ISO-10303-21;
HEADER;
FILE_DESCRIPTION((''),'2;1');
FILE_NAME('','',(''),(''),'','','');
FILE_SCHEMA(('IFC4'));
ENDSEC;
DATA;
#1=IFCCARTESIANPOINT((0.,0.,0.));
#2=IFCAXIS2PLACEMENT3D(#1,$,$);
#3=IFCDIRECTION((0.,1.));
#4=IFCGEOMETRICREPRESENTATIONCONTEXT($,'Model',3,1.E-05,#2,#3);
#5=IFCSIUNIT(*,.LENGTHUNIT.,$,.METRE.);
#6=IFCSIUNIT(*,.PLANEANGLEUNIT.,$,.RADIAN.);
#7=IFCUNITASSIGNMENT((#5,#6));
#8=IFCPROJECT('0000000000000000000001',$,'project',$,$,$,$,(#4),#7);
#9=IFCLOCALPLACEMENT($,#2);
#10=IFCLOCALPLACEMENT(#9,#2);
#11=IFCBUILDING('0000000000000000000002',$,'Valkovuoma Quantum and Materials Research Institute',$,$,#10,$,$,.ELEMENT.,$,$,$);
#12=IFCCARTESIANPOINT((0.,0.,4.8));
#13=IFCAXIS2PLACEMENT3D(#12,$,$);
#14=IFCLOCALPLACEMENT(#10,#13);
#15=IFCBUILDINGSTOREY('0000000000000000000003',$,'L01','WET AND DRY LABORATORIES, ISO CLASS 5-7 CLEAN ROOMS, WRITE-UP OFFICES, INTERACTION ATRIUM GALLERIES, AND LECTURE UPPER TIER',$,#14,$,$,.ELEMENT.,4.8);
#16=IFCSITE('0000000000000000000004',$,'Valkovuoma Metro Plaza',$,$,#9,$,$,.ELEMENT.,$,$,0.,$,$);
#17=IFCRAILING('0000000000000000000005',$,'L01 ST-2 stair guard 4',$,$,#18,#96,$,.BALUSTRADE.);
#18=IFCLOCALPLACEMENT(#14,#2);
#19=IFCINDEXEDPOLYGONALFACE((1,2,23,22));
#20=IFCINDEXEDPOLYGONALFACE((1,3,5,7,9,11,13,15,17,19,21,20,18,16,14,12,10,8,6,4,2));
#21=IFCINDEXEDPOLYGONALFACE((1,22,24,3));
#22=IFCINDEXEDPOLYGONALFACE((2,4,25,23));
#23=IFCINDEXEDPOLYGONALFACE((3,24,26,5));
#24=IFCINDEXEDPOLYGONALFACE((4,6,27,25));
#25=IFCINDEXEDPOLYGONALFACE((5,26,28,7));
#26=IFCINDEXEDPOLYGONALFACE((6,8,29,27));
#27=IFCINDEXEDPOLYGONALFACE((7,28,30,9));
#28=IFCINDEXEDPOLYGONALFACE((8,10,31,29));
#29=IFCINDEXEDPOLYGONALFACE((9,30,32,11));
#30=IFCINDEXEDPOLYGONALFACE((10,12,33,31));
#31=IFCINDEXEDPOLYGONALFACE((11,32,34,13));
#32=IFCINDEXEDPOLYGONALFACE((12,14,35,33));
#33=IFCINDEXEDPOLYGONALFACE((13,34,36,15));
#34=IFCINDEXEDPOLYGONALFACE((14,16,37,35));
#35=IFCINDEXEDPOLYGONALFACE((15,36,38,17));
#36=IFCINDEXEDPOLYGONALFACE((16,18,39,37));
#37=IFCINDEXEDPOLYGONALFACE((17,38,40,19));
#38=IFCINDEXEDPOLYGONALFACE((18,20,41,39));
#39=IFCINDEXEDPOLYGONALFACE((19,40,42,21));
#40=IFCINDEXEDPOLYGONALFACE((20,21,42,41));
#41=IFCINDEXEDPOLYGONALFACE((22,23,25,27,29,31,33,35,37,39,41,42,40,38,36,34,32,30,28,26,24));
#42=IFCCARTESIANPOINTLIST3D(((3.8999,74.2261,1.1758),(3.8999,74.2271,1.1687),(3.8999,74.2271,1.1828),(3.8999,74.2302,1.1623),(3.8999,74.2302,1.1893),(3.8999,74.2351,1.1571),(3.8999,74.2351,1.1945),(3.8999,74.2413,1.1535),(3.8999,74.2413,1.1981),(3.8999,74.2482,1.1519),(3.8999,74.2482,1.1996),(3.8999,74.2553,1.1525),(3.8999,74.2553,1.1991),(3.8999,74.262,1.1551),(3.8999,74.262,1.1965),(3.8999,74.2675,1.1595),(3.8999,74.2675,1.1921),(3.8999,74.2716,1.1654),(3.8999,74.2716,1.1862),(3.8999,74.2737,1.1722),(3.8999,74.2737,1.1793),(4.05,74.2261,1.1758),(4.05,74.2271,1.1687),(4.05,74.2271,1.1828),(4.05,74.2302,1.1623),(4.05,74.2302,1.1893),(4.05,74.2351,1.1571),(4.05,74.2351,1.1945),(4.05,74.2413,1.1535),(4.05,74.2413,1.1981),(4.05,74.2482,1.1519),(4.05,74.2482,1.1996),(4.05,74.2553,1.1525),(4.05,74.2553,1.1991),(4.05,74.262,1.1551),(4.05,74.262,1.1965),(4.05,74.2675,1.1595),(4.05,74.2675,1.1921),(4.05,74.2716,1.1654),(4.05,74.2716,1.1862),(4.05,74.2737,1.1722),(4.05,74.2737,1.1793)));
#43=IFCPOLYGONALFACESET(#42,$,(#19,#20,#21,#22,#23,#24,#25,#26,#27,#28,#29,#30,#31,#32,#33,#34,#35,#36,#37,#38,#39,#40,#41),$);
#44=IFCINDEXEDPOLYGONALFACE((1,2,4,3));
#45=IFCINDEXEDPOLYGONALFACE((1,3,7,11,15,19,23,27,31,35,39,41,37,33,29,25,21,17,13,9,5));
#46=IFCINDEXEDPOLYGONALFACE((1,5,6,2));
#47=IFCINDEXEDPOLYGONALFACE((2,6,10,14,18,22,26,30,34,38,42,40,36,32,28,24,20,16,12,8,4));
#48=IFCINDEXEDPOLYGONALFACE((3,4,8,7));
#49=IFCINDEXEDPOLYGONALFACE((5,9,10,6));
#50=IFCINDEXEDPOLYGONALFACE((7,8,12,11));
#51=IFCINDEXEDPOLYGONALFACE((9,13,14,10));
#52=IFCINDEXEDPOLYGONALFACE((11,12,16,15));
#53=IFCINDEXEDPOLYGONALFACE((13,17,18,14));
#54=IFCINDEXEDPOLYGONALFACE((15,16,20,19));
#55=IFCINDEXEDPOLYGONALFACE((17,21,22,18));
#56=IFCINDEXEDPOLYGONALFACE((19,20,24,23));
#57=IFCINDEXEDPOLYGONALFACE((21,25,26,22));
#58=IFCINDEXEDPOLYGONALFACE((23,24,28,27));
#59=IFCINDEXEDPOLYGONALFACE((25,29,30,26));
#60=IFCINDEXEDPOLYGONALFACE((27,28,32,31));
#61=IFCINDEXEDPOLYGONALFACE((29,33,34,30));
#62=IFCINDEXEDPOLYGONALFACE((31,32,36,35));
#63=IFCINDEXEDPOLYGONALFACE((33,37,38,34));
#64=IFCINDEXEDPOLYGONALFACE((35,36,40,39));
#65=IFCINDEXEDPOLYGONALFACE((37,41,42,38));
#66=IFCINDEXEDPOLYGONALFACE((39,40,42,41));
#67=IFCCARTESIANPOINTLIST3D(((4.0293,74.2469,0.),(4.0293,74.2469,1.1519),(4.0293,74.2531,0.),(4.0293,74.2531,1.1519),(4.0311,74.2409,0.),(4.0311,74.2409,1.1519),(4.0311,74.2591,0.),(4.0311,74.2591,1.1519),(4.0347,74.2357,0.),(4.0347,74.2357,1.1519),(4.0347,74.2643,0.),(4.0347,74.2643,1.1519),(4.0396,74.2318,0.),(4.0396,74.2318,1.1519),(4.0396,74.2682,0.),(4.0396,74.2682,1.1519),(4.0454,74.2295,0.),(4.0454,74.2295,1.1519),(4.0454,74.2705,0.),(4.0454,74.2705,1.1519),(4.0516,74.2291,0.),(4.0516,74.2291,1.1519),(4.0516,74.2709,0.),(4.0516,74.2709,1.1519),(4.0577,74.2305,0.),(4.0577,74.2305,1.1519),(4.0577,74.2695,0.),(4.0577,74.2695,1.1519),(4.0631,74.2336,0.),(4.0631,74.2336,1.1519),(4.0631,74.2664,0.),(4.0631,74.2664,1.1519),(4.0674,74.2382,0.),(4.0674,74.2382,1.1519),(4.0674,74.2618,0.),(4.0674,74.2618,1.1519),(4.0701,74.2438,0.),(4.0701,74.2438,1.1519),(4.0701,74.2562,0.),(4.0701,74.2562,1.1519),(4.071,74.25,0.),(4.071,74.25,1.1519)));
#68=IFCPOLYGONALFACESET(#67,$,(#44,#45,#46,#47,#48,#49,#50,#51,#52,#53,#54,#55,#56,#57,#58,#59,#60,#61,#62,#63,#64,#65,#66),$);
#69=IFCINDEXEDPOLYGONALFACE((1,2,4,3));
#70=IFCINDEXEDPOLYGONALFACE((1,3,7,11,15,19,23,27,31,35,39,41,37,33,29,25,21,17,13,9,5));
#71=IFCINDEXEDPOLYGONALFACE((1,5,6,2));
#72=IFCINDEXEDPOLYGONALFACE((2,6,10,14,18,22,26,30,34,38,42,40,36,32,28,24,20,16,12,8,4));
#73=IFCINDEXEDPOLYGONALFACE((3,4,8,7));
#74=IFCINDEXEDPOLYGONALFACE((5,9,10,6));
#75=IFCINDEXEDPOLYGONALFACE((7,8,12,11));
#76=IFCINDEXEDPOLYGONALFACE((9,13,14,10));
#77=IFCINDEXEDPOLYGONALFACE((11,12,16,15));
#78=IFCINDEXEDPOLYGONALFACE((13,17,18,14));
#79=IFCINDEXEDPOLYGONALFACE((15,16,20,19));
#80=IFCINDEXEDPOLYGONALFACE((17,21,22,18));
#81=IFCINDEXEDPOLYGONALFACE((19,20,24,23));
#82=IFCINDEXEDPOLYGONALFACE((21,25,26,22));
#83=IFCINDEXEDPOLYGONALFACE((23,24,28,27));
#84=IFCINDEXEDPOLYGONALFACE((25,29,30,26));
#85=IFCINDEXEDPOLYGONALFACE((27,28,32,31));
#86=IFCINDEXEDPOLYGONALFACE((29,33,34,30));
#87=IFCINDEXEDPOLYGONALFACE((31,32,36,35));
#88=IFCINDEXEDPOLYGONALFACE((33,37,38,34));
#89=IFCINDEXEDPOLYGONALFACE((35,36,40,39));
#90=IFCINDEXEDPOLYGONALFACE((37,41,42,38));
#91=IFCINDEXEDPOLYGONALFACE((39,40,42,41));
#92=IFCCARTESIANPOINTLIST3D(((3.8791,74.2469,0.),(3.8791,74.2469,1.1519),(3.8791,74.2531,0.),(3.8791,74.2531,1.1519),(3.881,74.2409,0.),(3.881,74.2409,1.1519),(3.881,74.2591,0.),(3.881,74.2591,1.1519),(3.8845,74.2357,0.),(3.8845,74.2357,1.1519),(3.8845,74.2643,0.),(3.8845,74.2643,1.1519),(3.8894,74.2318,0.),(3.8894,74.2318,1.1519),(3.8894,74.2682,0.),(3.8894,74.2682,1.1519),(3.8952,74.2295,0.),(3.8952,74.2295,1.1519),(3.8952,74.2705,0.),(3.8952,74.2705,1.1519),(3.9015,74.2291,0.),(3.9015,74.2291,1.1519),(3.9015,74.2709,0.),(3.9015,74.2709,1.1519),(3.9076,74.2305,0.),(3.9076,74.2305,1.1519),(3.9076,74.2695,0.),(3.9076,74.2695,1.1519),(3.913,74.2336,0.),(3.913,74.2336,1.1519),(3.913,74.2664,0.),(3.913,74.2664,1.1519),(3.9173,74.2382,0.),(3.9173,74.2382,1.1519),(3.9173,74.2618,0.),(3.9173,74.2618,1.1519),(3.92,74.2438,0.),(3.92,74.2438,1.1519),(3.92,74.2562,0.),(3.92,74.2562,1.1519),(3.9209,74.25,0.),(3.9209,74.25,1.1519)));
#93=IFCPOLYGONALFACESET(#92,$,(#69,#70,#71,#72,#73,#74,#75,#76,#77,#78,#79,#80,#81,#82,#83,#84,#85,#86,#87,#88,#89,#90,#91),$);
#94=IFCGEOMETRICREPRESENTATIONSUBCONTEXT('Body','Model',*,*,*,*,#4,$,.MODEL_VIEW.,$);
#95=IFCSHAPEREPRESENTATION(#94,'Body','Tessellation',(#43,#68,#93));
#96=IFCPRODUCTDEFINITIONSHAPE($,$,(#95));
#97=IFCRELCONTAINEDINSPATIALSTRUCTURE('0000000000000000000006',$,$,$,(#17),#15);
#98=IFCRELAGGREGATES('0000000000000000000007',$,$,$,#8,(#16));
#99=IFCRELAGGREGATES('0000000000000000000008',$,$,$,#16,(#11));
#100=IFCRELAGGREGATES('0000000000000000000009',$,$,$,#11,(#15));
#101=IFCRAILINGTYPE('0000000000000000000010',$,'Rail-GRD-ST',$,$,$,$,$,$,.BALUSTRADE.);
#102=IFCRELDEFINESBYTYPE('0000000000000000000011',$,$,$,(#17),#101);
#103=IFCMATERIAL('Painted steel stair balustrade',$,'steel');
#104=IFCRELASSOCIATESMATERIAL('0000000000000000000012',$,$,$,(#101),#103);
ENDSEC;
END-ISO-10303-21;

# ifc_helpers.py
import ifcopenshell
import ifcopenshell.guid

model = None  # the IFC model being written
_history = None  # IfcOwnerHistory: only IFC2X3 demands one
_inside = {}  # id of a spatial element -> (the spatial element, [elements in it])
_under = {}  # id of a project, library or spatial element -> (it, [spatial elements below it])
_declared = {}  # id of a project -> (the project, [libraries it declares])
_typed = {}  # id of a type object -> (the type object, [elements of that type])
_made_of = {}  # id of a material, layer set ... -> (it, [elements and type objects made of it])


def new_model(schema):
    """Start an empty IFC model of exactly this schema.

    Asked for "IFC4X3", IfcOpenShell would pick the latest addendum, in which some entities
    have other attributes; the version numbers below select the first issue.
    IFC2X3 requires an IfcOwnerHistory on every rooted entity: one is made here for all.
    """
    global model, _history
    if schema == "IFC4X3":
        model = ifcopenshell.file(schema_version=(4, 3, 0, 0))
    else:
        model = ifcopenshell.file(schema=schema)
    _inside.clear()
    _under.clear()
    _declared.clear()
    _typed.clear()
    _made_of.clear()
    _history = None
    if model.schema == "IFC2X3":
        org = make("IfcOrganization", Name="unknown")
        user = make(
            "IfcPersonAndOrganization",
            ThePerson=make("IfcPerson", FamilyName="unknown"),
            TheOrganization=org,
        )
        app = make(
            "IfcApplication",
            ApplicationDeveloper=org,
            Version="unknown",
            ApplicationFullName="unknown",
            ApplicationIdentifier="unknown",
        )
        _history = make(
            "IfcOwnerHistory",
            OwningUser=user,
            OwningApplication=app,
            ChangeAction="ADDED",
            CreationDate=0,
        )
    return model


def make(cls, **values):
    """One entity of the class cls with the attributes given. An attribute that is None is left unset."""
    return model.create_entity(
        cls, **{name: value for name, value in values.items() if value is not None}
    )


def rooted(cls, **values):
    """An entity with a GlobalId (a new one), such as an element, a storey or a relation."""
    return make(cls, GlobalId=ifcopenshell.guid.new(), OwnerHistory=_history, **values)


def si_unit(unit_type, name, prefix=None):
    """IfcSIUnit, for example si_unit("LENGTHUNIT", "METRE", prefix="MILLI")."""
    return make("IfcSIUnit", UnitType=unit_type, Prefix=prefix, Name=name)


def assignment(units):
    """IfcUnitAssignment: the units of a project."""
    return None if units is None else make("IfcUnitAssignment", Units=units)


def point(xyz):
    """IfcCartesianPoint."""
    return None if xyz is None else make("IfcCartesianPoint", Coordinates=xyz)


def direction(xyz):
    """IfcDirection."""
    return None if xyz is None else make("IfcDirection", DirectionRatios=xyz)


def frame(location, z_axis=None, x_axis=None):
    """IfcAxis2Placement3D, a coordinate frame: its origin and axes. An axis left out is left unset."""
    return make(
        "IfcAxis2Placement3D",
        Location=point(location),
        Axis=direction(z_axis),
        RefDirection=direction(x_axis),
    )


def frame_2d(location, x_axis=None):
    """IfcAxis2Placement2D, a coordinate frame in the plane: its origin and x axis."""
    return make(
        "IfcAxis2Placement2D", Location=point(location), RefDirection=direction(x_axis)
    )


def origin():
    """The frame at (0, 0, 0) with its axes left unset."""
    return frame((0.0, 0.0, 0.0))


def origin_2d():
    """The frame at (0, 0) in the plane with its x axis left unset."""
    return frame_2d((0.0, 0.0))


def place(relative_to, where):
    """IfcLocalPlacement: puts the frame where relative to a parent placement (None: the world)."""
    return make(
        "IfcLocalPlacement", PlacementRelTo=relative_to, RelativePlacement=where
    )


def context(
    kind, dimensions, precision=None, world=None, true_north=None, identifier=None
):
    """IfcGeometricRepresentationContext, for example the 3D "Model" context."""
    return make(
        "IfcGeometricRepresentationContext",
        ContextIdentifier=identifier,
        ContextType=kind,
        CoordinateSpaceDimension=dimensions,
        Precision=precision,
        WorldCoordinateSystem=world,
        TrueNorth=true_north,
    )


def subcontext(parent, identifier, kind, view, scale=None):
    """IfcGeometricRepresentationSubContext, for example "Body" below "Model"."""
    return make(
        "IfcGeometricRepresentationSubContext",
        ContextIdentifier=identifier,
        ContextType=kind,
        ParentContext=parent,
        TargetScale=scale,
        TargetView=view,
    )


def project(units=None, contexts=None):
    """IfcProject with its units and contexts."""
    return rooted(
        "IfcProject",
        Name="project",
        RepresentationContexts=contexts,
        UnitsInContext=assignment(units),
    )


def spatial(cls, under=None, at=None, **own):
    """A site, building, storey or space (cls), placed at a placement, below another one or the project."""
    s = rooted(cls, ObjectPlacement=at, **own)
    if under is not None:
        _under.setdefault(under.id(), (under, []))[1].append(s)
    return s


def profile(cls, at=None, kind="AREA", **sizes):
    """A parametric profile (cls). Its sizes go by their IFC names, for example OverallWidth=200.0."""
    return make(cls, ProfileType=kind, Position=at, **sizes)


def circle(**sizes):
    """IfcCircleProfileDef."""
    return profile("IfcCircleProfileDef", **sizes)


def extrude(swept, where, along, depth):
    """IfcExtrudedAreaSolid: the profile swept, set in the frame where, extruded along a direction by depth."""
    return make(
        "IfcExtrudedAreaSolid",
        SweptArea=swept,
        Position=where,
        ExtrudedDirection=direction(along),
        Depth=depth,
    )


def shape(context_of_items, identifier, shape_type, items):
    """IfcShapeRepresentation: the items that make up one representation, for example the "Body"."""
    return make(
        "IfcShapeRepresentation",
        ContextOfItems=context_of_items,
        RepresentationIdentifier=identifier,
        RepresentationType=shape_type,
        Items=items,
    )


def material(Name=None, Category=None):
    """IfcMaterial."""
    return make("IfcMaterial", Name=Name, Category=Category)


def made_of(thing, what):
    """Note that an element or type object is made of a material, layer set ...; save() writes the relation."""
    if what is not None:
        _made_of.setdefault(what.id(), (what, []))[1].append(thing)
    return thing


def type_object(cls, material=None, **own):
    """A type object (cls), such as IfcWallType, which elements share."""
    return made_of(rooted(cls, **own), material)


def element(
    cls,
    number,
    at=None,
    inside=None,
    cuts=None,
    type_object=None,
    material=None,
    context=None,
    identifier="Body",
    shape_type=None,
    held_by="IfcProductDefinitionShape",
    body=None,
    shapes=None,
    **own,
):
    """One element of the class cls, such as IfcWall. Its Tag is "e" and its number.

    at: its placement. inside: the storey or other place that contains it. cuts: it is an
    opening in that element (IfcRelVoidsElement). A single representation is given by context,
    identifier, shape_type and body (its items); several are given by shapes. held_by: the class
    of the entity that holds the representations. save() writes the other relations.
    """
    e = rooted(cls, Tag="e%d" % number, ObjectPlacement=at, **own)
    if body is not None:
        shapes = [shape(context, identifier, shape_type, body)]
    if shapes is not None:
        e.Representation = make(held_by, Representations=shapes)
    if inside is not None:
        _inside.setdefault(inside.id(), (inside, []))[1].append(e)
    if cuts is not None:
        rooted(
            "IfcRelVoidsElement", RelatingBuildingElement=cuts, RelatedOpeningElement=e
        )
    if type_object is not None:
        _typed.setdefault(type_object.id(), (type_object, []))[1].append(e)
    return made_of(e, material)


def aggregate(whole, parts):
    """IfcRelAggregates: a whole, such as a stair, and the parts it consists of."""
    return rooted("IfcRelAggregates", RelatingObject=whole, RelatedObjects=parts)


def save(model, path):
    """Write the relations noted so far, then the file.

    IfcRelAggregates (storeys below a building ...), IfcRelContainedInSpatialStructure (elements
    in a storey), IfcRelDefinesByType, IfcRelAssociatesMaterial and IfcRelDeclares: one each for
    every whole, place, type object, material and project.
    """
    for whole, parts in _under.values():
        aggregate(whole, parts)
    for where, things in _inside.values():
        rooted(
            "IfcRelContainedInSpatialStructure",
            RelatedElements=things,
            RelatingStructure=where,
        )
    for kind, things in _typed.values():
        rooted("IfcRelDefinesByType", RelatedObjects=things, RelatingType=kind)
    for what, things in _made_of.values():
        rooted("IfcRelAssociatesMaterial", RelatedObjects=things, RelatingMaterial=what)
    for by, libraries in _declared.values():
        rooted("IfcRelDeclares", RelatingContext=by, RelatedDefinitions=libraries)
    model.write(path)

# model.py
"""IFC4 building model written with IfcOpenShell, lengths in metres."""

from ifc_helpers import new_model, si_unit, direction, frame, origin, origin_2d, place, context, subcontext, project, spatial, circle, extrude, material, type_object, element, save


model = new_model("IFC4")

# Units and contexts
model_context = context("Model", 3, precision=1e-05, world=origin(), true_north=direction((0.0, 1.0)))
body_context = subcontext(model_context, "Body", "Model", "MODEL_VIEW")
ifc_project = project(units=[si_unit("LENGTHUNIT", "METRE"), si_unit("PLANEANGLEUNIT", "RADIAN")], contexts=[model_context])

# Site, building, storey
site_placement = place(None, origin())
site = spatial("IfcSite", under=ifc_project, at=site_placement, Name="Valkovuoma Metro Plaza", CompositionType="ELEMENT", RefElevation=0.0)
building_placement = place(site_placement, origin())
building = spatial("IfcBuilding", under=site, at=building_placement, Name="Valkovuoma Quantum and Materials Research Institute", CompositionType="ELEMENT")
storey_placement = place(building_placement, frame((0.0, 0.0, 4.8)))
storey = spatial("IfcBuildingStorey", under=building, at=storey_placement, Name="L01", Description="WET AND DRY LABORATORIES, ISO CLASS 5-7 CLEAN ROOMS, WRITE-UP OFFICES, INTERACTION ATRIUM GALLERIES, AND LECTURE UPPER TIER", CompositionType="ELEMENT", Elevation=4.8)

# Railing
ifc_material_1 = material(Name="Painted steel stair balustrade", Category="steel")
railing_type_1 = type_object("IfcRailingType", Name="Rail-GRD-ST", PredefinedType="BALUSTRADE", material=ifc_material_1)
railing_1_placement = place(storey_placement, frame((4.05, 74.25, 0.0)))
element("IfcRailing", 1, at=railing_1_placement, inside=storey, type_object=railing_type_1, Name="L01 ST-2 stair guard 4", PredefinedType="BALUSTRADE", context=body_context, shape_type="SweptSolid", body=[
    extrude(circle(Radius=0.0239, at=origin_2d()), frame((0.0, 0.0, 1.1758), z_axis=(-1.0, 0.0, 0.0), x_axis=(0.0, -1.0, 0.0)), (0.0, 0.0, 1.0), 0.1501),
    extrude(circle(Radius=0.021, at=origin_2d()), origin(), (0.0, 0.0, 1.0), 1.1519),
    extrude(circle(Radius=0.021, at=origin_2d()), frame((-0.1501, 0.0, 0.0)), (0.0, 0.0, 1.0), 1.1519),
])

save(model, "model.ifc")
